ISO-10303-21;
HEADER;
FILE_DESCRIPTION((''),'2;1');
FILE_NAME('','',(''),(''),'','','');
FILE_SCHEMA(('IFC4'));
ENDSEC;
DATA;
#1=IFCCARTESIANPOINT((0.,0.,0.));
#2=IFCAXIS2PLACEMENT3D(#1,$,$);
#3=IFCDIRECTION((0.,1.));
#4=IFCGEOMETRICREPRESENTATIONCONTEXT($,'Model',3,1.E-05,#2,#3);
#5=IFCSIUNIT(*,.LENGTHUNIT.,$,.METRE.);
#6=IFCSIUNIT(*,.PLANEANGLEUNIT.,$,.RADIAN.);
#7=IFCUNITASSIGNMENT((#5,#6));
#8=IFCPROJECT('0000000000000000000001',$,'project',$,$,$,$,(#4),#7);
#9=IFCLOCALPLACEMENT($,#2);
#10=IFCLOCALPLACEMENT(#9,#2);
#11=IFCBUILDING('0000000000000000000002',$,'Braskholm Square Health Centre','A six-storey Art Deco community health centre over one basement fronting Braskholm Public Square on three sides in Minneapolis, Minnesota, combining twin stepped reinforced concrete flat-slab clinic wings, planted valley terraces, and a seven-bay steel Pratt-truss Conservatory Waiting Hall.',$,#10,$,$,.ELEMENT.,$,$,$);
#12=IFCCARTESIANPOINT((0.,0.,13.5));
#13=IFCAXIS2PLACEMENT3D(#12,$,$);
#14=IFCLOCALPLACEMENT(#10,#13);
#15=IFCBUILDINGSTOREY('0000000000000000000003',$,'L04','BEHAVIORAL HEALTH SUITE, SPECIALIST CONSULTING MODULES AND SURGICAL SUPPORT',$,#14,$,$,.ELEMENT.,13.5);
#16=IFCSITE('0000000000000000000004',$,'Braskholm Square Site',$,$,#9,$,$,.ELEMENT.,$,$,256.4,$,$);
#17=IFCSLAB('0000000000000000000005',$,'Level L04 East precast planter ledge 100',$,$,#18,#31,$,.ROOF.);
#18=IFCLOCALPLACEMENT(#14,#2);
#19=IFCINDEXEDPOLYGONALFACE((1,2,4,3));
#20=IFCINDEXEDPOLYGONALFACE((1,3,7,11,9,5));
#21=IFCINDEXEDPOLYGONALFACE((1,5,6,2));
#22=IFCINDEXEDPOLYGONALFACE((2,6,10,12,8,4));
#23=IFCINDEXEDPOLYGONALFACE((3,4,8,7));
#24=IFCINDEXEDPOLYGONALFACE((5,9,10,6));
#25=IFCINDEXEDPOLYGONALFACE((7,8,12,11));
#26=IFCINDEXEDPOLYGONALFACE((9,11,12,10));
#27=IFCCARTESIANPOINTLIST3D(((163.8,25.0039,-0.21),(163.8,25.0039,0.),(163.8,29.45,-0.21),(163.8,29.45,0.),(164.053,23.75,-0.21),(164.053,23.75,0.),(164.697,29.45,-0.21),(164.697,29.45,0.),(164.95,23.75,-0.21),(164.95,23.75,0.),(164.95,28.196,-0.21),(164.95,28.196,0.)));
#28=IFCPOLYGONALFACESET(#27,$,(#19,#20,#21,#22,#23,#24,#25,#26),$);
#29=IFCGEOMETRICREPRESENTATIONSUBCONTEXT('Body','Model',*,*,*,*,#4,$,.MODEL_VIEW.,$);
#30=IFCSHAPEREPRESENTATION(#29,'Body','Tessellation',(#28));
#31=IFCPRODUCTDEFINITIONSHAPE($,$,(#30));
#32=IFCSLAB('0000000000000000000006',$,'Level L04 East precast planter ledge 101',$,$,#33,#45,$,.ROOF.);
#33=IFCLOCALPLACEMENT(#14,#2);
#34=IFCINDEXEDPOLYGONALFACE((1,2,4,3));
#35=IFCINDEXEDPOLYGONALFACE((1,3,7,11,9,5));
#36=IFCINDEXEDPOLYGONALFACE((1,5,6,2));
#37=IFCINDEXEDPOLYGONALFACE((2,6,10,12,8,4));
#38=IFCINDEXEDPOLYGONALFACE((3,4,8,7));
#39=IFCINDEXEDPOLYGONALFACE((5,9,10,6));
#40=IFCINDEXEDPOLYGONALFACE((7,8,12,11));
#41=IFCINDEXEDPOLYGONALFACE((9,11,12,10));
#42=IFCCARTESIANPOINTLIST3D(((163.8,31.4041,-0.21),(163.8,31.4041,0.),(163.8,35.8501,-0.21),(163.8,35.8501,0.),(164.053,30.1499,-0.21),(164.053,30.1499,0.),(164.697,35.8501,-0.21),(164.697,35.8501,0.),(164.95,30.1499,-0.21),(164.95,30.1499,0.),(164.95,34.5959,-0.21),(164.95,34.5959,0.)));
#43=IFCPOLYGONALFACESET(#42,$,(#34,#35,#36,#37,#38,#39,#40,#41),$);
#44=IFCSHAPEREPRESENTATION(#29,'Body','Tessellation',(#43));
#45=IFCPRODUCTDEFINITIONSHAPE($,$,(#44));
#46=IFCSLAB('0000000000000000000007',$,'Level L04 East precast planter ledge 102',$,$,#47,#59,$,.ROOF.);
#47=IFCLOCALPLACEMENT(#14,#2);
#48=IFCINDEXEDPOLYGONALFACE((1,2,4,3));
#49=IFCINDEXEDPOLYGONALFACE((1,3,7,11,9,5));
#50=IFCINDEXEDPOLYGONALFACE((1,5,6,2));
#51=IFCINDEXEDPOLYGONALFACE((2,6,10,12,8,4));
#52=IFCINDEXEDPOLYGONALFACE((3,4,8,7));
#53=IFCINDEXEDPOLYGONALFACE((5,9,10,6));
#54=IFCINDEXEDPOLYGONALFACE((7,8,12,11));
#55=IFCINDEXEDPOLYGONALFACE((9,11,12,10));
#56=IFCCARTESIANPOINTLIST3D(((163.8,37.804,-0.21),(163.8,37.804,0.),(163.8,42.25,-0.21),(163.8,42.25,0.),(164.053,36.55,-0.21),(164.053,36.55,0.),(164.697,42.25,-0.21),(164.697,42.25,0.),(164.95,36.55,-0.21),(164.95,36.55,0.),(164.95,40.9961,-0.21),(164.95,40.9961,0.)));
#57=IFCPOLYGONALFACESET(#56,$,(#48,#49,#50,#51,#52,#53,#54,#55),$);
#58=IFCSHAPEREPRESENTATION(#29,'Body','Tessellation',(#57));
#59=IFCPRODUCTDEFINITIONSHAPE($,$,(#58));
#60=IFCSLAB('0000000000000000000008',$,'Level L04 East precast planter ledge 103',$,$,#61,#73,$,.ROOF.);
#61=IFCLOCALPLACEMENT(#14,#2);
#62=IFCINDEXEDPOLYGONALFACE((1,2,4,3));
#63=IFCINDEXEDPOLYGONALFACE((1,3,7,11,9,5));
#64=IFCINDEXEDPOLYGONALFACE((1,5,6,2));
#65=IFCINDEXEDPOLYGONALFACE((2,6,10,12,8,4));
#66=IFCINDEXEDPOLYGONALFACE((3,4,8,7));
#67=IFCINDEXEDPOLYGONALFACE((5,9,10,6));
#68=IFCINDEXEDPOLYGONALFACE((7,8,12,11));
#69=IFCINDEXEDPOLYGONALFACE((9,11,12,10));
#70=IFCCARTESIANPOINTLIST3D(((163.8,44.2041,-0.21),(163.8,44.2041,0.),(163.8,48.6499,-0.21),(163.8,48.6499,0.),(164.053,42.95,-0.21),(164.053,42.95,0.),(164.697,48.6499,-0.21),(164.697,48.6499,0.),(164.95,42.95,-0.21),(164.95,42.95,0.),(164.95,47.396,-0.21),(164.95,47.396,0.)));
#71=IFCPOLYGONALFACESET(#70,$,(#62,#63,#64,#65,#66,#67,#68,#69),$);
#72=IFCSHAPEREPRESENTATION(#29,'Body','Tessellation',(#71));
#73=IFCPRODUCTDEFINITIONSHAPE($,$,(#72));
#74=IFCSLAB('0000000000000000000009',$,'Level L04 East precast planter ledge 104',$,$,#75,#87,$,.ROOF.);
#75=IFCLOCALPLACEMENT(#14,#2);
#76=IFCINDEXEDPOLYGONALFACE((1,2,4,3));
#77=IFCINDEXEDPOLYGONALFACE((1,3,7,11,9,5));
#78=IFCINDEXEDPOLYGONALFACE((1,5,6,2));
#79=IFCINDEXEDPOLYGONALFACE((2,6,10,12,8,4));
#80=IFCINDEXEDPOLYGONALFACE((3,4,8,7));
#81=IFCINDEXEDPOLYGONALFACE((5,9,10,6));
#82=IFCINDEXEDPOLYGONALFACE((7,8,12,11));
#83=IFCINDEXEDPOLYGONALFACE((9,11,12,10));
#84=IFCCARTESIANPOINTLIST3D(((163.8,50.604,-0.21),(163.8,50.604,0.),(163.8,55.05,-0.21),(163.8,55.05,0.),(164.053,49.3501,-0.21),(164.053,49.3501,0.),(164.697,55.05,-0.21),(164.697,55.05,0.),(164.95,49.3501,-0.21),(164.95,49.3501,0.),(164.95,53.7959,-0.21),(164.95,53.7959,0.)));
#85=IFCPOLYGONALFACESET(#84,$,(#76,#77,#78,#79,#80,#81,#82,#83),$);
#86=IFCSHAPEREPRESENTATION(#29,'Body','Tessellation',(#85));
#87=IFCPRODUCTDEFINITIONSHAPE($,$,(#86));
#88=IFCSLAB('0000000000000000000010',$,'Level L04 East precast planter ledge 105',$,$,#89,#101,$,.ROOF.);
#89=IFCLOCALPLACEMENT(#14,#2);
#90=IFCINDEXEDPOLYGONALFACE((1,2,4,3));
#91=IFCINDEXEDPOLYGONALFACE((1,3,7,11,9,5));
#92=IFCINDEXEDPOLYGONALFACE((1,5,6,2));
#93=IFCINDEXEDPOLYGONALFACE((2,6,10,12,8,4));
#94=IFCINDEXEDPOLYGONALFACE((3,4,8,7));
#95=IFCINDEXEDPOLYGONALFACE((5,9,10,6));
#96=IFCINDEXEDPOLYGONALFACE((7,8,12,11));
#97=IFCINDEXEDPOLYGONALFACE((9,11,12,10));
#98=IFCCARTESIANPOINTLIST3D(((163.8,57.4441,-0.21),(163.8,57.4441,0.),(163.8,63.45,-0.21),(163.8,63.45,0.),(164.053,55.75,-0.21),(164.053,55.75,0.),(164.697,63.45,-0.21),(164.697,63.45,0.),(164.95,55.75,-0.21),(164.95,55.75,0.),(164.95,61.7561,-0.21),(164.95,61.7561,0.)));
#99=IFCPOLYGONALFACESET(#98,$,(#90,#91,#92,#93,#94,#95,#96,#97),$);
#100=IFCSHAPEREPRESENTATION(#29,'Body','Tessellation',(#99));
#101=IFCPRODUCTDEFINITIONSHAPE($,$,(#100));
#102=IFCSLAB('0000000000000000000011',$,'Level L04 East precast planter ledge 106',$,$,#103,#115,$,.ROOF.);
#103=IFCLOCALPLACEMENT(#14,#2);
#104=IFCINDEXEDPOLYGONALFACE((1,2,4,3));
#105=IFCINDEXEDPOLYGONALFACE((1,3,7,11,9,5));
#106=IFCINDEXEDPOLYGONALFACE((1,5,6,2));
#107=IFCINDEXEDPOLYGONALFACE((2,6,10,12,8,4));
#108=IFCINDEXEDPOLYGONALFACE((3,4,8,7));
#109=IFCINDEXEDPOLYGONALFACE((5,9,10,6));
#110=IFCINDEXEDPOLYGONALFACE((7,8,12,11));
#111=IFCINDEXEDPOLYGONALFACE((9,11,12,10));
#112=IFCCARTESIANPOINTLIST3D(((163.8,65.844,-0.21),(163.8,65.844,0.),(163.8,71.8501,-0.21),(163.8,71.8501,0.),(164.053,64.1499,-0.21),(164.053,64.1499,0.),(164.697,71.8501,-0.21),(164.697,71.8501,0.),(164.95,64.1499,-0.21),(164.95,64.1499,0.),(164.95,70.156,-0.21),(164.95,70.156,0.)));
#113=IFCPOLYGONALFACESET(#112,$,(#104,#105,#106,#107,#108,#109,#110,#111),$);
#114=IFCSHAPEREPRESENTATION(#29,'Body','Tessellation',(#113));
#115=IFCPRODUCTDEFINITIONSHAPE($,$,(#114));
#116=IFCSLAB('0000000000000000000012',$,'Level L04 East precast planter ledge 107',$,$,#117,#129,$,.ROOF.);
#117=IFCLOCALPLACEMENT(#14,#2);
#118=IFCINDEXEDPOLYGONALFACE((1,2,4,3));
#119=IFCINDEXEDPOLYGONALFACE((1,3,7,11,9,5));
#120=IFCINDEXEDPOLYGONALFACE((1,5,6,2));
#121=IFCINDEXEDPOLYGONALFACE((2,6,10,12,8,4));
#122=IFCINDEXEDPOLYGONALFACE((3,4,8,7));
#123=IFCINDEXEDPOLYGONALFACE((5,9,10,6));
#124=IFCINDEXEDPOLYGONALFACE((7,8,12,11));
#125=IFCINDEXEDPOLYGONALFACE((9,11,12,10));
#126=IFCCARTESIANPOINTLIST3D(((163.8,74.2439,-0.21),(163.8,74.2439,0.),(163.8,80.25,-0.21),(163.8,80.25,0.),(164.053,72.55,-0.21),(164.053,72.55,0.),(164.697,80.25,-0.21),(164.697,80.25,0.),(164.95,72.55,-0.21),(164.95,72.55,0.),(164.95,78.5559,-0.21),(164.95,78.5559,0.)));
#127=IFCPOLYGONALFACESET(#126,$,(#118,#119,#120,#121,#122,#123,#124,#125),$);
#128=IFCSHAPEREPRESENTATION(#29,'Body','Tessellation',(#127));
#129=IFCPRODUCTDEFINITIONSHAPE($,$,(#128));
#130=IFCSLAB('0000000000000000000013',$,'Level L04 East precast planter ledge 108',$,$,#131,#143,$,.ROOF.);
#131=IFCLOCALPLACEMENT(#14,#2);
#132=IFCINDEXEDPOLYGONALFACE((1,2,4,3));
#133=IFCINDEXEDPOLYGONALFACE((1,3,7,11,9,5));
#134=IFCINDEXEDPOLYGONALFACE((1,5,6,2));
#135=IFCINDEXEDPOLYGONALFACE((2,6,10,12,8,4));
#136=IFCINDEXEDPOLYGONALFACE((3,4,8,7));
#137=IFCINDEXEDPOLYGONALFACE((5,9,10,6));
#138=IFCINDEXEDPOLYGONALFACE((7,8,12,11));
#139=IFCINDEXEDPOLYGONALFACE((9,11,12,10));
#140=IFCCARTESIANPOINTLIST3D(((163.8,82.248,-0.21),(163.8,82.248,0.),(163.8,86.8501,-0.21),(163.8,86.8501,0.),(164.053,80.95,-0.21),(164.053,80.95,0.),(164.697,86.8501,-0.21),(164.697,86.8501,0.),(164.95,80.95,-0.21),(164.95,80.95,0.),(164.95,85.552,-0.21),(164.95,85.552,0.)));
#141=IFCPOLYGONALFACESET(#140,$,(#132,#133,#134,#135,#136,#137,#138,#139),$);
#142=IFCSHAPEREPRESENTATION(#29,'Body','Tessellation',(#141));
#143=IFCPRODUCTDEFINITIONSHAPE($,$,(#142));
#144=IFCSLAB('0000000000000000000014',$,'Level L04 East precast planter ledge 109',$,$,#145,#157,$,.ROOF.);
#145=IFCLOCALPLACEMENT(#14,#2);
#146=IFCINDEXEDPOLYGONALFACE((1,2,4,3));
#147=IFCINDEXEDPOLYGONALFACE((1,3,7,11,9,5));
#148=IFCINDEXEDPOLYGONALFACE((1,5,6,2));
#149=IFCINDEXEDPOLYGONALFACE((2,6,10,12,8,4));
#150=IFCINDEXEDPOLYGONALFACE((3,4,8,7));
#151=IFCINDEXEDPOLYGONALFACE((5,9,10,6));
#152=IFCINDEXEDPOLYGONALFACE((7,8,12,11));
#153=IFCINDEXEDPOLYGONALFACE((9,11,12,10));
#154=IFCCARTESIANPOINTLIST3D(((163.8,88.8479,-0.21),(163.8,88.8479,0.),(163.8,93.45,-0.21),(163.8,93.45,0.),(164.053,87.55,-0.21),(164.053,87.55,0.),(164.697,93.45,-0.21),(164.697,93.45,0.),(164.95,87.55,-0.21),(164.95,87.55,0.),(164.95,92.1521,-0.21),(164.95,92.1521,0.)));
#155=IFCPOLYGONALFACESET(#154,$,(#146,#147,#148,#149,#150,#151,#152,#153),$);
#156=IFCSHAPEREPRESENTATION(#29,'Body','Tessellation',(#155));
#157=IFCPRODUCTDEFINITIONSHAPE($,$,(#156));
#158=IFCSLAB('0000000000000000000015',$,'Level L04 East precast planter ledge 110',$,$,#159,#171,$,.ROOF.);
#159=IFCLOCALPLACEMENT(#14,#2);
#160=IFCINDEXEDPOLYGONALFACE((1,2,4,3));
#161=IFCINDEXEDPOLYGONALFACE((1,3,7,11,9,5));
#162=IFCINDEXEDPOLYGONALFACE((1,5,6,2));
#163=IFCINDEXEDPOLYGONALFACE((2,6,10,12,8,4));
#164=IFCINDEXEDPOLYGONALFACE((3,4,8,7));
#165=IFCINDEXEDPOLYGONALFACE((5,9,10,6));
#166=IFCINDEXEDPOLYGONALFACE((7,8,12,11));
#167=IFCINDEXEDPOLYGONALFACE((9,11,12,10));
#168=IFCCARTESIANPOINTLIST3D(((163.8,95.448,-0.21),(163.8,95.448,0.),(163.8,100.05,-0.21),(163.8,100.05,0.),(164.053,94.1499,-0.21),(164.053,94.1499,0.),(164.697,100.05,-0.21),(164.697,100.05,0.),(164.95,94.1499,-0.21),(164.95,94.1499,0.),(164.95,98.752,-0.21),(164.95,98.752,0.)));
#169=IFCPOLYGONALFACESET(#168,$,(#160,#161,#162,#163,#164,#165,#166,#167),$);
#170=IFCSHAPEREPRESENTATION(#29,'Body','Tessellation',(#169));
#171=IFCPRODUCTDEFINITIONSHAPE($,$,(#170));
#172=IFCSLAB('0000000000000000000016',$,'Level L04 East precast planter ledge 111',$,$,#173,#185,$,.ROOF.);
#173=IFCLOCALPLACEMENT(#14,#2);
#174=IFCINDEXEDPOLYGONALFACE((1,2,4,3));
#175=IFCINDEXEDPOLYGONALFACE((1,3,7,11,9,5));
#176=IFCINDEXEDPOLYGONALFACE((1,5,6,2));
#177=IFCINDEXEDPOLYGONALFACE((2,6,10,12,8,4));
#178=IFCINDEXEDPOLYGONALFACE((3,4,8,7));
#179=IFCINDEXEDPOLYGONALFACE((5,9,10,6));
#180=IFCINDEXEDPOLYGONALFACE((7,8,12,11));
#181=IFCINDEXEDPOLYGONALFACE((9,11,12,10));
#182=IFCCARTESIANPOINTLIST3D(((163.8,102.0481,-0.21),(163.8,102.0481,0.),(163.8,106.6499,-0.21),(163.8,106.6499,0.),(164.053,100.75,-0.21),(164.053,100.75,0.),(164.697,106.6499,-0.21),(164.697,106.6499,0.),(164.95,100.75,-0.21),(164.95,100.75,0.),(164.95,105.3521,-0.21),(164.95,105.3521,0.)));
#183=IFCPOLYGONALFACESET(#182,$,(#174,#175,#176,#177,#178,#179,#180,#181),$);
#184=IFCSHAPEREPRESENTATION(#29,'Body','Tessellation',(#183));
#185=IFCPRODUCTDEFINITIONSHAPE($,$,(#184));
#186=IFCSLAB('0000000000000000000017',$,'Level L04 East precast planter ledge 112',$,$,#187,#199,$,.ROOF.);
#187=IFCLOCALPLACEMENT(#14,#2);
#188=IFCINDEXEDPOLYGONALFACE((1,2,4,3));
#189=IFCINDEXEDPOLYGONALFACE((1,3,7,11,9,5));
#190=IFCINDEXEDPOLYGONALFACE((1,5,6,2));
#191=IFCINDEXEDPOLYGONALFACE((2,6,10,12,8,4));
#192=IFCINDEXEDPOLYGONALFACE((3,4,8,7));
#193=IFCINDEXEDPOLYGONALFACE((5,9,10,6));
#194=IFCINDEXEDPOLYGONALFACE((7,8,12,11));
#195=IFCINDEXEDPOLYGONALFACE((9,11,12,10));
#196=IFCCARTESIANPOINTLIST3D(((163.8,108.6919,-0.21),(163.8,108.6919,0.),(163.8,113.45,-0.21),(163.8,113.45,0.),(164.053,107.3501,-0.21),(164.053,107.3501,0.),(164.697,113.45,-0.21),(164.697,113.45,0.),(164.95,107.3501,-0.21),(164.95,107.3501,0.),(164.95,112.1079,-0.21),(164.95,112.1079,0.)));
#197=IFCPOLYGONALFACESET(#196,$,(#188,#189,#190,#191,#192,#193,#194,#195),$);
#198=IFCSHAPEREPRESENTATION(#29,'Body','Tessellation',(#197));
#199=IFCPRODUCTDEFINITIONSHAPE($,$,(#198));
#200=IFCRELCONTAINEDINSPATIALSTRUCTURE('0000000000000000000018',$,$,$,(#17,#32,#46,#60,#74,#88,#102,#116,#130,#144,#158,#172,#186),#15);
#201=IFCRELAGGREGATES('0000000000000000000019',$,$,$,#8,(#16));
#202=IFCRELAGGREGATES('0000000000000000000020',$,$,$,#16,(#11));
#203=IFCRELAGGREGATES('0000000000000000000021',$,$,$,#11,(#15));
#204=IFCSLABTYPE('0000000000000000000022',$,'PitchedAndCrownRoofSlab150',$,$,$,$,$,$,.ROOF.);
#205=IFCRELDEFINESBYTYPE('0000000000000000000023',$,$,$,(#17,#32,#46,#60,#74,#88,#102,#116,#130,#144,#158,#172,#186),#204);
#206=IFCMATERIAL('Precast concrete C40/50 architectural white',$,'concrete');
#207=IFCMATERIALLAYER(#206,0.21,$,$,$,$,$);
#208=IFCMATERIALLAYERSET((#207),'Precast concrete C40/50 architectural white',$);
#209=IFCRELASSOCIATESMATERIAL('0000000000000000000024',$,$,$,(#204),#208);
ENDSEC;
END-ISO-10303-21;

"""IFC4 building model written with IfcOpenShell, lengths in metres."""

from ifc_helpers import new_model, si_unit, direction, frame, origin, place, context, subcontext, project, spatial, polyline, outline, extrude, material, layer, layer_set, type_object, element, save


model = new_model("IFC4")

# Units and contexts
model_context = context("Model", 3, precision=1e-05, world=origin(), true_north=direction((0.0, 1.0)))
body_context = subcontext(model_context, "Body", "Model", "MODEL_VIEW")
ifc_project = project(units=[si_unit("LENGTHUNIT", "METRE"), si_unit("PLANEANGLEUNIT", "RADIAN")], contexts=[model_context])

# Site, building, storey
site_placement = place(None, origin())
site = spatial("IfcSite", under=ifc_project, at=site_placement, Name="Braskholm Square Site", CompositionType="ELEMENT", RefElevation=256.4)
building_placement = place(site_placement, origin())
building = spatial("IfcBuilding", under=site, at=building_placement, Name="Braskholm Square Health Centre", Description="A six-storey Art Deco community health centre over one basement fronting Braskholm Public Square on three sides in Minneapolis, Minnesota, combining twin stepped reinforced concrete flat-slab clinic wings, planted valley terraces, and a seven-bay steel Pratt-truss Conservatory Waiting Hall.", CompositionType="ELEMENT")
storey_placement = place(building_placement, frame((0.0, 0.0, 13.5)))
storey = spatial("IfcBuildingStorey", under=building, at=storey_placement, Name="L04", Description="BEHAVIORAL HEALTH SUITE, SPECIALIST CONSULTING MODULES AND SURGICAL SUPPORT", CompositionType="ELEMENT", Elevation=13.5)

# Slabs
ifc_material_1 = material(Name="Precast concrete C40/50 architectural white", Category="concrete")
ifc_layer_1 = layer(ifc_material_1, 0.21)
ifc_layer_set_1 = layer_set([ifc_layer_1], Name="Precast concrete C40/50 architectural white")
slab_type_1 = type_object("IfcSlabType", Name="PitchedAndCrownRoofSlab150", PredefinedType="ROOF", material=ifc_layer_set_1)
slab_1_placement = place(storey_placement, frame((0.0, 0.0, -0.21)))
element("IfcSlab", 1, at=slab_1_placement, inside=storey, type_object=slab_type_1, Name="Level L04 East precast planter ledge 100", PredefinedType="ROOF", context=body_context, shape_type="SweptSolid", body=[
    extrude(outline(polyline([(164.053, 23.75), (164.95, 23.75), (164.95, 28.196), (164.697, 29.45), (163.8, 29.45), (163.8, 25.0039), (164.053, 23.75)])), origin(), (0.0, 0.0, 1.0), 0.21),
])
slab_2_placement = place(storey_placement, frame((0.0, 0.0, -0.21)))
element("IfcSlab", 2, at=slab_2_placement, inside=storey, type_object=slab_type_1, Name="Level L04 East precast planter ledge 101", PredefinedType="ROOF", context=body_context, shape_type="SweptSolid", body=[
    extrude(outline(polyline([(164.053, 30.1499), (164.95, 30.1499), (164.95, 34.5959), (164.697, 35.8501), (163.8, 35.8501), (163.8, 31.4041), (164.053, 30.1499)])), origin(), (0.0, 0.0, 1.0), 0.21),
])
slab_3_placement = place(storey_placement, frame((0.0, 0.0, -0.21)))
element("IfcSlab", 3, at=slab_3_placement, inside=storey, type_object=slab_type_1, Name="Level L04 East precast planter ledge 102", PredefinedType="ROOF", context=body_context, shape_type="SweptSolid", body=[
    extrude(outline(polyline([(164.053, 36.55), (164.95, 36.55), (164.95, 40.9961), (164.697, 42.25), (163.8, 42.25), (163.8, 37.804), (164.053, 36.55)])), origin(), (0.0, 0.0, 1.0), 0.21),
])
slab_4_placement = place(storey_placement, frame((0.0, 0.0, -0.21)))
element("IfcSlab", 4, at=slab_4_placement, inside=storey, type_object=slab_type_1, Name="Level L04 East precast planter ledge 103", PredefinedType="ROOF", context=body_context, shape_type="SweptSolid", body=[
    extrude(outline(polyline([(164.053, 42.95), (164.95, 42.95), (164.95, 47.396), (164.697, 48.6499), (163.8, 48.6499), (163.8, 44.2041), (164.053, 42.95)])), origin(), (0.0, 0.0, 1.0), 0.21),
])
slab_5_placement = place(storey_placement, frame((0.0, 0.0, -0.21)))
element("IfcSlab", 5, at=slab_5_placement, inside=storey, type_object=slab_type_1, Name="Level L04 East precast planter ledge 104", PredefinedType="ROOF", context=body_context, shape_type="SweptSolid", body=[
    extrude(outline(polyline([(164.053, 49.3501), (164.95, 49.3501), (164.95, 53.7959), (164.697, 55.05), (163.8, 55.05), (163.8, 50.604), (164.053, 49.3501)])), origin(), (0.0, 0.0, 1.0), 0.21),
])
slab_6_placement = place(storey_placement, frame((0.0, 0.0, -0.21)))
element("IfcSlab", 6, at=slab_6_placement, inside=storey, type_object=slab_type_1, Name="Level L04 East precast planter ledge 105", PredefinedType="ROOF", context=body_context, shape_type="SweptSolid", body=[
    extrude(outline(polyline([(164.053, 55.75), (164.95, 55.75), (164.95, 61.7561), (164.697, 63.45), (163.8, 63.45), (163.8, 57.4441), (164.053, 55.75)])), origin(), (0.0, 0.0, 1.0), 0.21),
])
slab_7_placement = place(storey_placement, frame((0.0, 0.0, -0.21)))
element("IfcSlab", 7, at=slab_7_placement, inside=storey, type_object=slab_type_1, Name="Level L04 East precast planter ledge 106", PredefinedType="ROOF", context=body_context, shape_type="SweptSolid", body=[
    extrude(outline(polyline([(164.053, 64.1499), (164.95, 64.1499), (164.95, 70.156), (164.697, 71.8501), (163.8, 71.8501), (163.8, 65.844), (164.053, 64.1499)])), origin(), (0.0, 0.0, 1.0), 0.21),
])
slab_8_placement = place(storey_placement, frame((0.0, 0.0, -0.21)))
element("IfcSlab", 8, at=slab_8_placement, inside=storey, type_object=slab_type_1, Name="Level L04 East precast planter ledge 107", PredefinedType="ROOF", context=body_context, shape_type="SweptSolid", body=[
    extrude(outline(polyline([(164.053, 72.55), (164.95, 72.55), (164.95, 78.5559), (164.697, 80.25), (163.8, 80.25), (163.8, 74.2439), (164.053, 72.55)])), origin(), (0.0, 0.0, 1.0), 0.21),
])
slab_9_placement = place(storey_placement, frame((0.0, 0.0, -0.21)))
element("IfcSlab", 9, at=slab_9_placement, inside=storey, type_object=slab_type_1, Name="Level L04 East precast planter ledge 108", PredefinedType="ROOF", context=body_context, shape_type="SweptSolid", body=[
    extrude(outline(polyline([(164.053, 80.95), (164.95, 80.95), (164.95, 85.552), (164.697, 86.8501), (163.8, 86.8501), (163.8, 82.248), (164.053, 80.95)])), origin(), (0.0, 0.0, 1.0), 0.21),
])
slab_10_placement = place(storey_placement, frame((0.0, 0.0, -0.21)))
element("IfcSlab", 10, at=slab_10_placement, inside=storey, type_object=slab_type_1, Name="Level L04 East precast planter ledge 109", PredefinedType="ROOF", context=body_context, shape_type="SweptSolid", body=[
    extrude(outline(polyline([(164.053, 87.55), (164.95, 87.55), (164.95, 92.1521), (164.697, 93.45), (163.8, 93.45), (163.8, 88.8479), (164.053, 87.55)])), origin(), (0.0, 0.0, 1.0), 0.21),
])
slab_11_placement = place(storey_placement, frame((0.0, 0.0, -0.21)))
element("IfcSlab", 11, at=slab_11_placement, inside=storey, type_object=slab_type_1, Name="Level L04 East precast planter ledge 110", PredefinedType="ROOF", context=body_context, shape_type="SweptSolid", body=[
    extrude(outline(polyline([(164.053, 94.1499), (164.95, 94.1499), (164.95, 98.752), (164.697, 100.05), (163.8, 100.05), (163.8, 95.448), (164.053, 94.1499)])), origin(), (0.0, 0.0, 1.0), 0.21),
])
slab_12_placement = place(storey_placement, frame((0.0, 0.0, -0.21)))
element("IfcSlab", 12, at=slab_12_placement, inside=storey, type_object=slab_type_1, Name="Level L04 East precast planter ledge 111", PredefinedType="ROOF", context=body_context, shape_type="SweptSolid", body=[
    extrude(outline(polyline([(164.053, 100.75), (164.95, 100.75), (164.95, 105.3521), (164.697, 106.6499), (163.8, 106.6499), (163.8, 102.0481), (164.053, 100.75)])), origin(), (0.0, 0.0, 1.0), 0.21),
])
slab_13_placement = place(storey_placement, frame((0.0, 0.0, -0.21)))
element("IfcSlab", 13, at=slab_13_placement, inside=storey, type_object=slab_type_1, Name="Level L04 East precast planter ledge 112", PredefinedType="ROOF", context=body_context, shape_type="SweptSolid", body=[
    extrude(outline(polyline([(164.053, 107.3501), (164.95, 107.3501), (164.95, 112.1079), (164.697, 113.45), (163.8, 113.45), (163.8, 108.6919), (164.053, 107.3501)])), origin(), (0.0, 0.0, 1.0), 0.21),
])

save(model, "model.ifc")
